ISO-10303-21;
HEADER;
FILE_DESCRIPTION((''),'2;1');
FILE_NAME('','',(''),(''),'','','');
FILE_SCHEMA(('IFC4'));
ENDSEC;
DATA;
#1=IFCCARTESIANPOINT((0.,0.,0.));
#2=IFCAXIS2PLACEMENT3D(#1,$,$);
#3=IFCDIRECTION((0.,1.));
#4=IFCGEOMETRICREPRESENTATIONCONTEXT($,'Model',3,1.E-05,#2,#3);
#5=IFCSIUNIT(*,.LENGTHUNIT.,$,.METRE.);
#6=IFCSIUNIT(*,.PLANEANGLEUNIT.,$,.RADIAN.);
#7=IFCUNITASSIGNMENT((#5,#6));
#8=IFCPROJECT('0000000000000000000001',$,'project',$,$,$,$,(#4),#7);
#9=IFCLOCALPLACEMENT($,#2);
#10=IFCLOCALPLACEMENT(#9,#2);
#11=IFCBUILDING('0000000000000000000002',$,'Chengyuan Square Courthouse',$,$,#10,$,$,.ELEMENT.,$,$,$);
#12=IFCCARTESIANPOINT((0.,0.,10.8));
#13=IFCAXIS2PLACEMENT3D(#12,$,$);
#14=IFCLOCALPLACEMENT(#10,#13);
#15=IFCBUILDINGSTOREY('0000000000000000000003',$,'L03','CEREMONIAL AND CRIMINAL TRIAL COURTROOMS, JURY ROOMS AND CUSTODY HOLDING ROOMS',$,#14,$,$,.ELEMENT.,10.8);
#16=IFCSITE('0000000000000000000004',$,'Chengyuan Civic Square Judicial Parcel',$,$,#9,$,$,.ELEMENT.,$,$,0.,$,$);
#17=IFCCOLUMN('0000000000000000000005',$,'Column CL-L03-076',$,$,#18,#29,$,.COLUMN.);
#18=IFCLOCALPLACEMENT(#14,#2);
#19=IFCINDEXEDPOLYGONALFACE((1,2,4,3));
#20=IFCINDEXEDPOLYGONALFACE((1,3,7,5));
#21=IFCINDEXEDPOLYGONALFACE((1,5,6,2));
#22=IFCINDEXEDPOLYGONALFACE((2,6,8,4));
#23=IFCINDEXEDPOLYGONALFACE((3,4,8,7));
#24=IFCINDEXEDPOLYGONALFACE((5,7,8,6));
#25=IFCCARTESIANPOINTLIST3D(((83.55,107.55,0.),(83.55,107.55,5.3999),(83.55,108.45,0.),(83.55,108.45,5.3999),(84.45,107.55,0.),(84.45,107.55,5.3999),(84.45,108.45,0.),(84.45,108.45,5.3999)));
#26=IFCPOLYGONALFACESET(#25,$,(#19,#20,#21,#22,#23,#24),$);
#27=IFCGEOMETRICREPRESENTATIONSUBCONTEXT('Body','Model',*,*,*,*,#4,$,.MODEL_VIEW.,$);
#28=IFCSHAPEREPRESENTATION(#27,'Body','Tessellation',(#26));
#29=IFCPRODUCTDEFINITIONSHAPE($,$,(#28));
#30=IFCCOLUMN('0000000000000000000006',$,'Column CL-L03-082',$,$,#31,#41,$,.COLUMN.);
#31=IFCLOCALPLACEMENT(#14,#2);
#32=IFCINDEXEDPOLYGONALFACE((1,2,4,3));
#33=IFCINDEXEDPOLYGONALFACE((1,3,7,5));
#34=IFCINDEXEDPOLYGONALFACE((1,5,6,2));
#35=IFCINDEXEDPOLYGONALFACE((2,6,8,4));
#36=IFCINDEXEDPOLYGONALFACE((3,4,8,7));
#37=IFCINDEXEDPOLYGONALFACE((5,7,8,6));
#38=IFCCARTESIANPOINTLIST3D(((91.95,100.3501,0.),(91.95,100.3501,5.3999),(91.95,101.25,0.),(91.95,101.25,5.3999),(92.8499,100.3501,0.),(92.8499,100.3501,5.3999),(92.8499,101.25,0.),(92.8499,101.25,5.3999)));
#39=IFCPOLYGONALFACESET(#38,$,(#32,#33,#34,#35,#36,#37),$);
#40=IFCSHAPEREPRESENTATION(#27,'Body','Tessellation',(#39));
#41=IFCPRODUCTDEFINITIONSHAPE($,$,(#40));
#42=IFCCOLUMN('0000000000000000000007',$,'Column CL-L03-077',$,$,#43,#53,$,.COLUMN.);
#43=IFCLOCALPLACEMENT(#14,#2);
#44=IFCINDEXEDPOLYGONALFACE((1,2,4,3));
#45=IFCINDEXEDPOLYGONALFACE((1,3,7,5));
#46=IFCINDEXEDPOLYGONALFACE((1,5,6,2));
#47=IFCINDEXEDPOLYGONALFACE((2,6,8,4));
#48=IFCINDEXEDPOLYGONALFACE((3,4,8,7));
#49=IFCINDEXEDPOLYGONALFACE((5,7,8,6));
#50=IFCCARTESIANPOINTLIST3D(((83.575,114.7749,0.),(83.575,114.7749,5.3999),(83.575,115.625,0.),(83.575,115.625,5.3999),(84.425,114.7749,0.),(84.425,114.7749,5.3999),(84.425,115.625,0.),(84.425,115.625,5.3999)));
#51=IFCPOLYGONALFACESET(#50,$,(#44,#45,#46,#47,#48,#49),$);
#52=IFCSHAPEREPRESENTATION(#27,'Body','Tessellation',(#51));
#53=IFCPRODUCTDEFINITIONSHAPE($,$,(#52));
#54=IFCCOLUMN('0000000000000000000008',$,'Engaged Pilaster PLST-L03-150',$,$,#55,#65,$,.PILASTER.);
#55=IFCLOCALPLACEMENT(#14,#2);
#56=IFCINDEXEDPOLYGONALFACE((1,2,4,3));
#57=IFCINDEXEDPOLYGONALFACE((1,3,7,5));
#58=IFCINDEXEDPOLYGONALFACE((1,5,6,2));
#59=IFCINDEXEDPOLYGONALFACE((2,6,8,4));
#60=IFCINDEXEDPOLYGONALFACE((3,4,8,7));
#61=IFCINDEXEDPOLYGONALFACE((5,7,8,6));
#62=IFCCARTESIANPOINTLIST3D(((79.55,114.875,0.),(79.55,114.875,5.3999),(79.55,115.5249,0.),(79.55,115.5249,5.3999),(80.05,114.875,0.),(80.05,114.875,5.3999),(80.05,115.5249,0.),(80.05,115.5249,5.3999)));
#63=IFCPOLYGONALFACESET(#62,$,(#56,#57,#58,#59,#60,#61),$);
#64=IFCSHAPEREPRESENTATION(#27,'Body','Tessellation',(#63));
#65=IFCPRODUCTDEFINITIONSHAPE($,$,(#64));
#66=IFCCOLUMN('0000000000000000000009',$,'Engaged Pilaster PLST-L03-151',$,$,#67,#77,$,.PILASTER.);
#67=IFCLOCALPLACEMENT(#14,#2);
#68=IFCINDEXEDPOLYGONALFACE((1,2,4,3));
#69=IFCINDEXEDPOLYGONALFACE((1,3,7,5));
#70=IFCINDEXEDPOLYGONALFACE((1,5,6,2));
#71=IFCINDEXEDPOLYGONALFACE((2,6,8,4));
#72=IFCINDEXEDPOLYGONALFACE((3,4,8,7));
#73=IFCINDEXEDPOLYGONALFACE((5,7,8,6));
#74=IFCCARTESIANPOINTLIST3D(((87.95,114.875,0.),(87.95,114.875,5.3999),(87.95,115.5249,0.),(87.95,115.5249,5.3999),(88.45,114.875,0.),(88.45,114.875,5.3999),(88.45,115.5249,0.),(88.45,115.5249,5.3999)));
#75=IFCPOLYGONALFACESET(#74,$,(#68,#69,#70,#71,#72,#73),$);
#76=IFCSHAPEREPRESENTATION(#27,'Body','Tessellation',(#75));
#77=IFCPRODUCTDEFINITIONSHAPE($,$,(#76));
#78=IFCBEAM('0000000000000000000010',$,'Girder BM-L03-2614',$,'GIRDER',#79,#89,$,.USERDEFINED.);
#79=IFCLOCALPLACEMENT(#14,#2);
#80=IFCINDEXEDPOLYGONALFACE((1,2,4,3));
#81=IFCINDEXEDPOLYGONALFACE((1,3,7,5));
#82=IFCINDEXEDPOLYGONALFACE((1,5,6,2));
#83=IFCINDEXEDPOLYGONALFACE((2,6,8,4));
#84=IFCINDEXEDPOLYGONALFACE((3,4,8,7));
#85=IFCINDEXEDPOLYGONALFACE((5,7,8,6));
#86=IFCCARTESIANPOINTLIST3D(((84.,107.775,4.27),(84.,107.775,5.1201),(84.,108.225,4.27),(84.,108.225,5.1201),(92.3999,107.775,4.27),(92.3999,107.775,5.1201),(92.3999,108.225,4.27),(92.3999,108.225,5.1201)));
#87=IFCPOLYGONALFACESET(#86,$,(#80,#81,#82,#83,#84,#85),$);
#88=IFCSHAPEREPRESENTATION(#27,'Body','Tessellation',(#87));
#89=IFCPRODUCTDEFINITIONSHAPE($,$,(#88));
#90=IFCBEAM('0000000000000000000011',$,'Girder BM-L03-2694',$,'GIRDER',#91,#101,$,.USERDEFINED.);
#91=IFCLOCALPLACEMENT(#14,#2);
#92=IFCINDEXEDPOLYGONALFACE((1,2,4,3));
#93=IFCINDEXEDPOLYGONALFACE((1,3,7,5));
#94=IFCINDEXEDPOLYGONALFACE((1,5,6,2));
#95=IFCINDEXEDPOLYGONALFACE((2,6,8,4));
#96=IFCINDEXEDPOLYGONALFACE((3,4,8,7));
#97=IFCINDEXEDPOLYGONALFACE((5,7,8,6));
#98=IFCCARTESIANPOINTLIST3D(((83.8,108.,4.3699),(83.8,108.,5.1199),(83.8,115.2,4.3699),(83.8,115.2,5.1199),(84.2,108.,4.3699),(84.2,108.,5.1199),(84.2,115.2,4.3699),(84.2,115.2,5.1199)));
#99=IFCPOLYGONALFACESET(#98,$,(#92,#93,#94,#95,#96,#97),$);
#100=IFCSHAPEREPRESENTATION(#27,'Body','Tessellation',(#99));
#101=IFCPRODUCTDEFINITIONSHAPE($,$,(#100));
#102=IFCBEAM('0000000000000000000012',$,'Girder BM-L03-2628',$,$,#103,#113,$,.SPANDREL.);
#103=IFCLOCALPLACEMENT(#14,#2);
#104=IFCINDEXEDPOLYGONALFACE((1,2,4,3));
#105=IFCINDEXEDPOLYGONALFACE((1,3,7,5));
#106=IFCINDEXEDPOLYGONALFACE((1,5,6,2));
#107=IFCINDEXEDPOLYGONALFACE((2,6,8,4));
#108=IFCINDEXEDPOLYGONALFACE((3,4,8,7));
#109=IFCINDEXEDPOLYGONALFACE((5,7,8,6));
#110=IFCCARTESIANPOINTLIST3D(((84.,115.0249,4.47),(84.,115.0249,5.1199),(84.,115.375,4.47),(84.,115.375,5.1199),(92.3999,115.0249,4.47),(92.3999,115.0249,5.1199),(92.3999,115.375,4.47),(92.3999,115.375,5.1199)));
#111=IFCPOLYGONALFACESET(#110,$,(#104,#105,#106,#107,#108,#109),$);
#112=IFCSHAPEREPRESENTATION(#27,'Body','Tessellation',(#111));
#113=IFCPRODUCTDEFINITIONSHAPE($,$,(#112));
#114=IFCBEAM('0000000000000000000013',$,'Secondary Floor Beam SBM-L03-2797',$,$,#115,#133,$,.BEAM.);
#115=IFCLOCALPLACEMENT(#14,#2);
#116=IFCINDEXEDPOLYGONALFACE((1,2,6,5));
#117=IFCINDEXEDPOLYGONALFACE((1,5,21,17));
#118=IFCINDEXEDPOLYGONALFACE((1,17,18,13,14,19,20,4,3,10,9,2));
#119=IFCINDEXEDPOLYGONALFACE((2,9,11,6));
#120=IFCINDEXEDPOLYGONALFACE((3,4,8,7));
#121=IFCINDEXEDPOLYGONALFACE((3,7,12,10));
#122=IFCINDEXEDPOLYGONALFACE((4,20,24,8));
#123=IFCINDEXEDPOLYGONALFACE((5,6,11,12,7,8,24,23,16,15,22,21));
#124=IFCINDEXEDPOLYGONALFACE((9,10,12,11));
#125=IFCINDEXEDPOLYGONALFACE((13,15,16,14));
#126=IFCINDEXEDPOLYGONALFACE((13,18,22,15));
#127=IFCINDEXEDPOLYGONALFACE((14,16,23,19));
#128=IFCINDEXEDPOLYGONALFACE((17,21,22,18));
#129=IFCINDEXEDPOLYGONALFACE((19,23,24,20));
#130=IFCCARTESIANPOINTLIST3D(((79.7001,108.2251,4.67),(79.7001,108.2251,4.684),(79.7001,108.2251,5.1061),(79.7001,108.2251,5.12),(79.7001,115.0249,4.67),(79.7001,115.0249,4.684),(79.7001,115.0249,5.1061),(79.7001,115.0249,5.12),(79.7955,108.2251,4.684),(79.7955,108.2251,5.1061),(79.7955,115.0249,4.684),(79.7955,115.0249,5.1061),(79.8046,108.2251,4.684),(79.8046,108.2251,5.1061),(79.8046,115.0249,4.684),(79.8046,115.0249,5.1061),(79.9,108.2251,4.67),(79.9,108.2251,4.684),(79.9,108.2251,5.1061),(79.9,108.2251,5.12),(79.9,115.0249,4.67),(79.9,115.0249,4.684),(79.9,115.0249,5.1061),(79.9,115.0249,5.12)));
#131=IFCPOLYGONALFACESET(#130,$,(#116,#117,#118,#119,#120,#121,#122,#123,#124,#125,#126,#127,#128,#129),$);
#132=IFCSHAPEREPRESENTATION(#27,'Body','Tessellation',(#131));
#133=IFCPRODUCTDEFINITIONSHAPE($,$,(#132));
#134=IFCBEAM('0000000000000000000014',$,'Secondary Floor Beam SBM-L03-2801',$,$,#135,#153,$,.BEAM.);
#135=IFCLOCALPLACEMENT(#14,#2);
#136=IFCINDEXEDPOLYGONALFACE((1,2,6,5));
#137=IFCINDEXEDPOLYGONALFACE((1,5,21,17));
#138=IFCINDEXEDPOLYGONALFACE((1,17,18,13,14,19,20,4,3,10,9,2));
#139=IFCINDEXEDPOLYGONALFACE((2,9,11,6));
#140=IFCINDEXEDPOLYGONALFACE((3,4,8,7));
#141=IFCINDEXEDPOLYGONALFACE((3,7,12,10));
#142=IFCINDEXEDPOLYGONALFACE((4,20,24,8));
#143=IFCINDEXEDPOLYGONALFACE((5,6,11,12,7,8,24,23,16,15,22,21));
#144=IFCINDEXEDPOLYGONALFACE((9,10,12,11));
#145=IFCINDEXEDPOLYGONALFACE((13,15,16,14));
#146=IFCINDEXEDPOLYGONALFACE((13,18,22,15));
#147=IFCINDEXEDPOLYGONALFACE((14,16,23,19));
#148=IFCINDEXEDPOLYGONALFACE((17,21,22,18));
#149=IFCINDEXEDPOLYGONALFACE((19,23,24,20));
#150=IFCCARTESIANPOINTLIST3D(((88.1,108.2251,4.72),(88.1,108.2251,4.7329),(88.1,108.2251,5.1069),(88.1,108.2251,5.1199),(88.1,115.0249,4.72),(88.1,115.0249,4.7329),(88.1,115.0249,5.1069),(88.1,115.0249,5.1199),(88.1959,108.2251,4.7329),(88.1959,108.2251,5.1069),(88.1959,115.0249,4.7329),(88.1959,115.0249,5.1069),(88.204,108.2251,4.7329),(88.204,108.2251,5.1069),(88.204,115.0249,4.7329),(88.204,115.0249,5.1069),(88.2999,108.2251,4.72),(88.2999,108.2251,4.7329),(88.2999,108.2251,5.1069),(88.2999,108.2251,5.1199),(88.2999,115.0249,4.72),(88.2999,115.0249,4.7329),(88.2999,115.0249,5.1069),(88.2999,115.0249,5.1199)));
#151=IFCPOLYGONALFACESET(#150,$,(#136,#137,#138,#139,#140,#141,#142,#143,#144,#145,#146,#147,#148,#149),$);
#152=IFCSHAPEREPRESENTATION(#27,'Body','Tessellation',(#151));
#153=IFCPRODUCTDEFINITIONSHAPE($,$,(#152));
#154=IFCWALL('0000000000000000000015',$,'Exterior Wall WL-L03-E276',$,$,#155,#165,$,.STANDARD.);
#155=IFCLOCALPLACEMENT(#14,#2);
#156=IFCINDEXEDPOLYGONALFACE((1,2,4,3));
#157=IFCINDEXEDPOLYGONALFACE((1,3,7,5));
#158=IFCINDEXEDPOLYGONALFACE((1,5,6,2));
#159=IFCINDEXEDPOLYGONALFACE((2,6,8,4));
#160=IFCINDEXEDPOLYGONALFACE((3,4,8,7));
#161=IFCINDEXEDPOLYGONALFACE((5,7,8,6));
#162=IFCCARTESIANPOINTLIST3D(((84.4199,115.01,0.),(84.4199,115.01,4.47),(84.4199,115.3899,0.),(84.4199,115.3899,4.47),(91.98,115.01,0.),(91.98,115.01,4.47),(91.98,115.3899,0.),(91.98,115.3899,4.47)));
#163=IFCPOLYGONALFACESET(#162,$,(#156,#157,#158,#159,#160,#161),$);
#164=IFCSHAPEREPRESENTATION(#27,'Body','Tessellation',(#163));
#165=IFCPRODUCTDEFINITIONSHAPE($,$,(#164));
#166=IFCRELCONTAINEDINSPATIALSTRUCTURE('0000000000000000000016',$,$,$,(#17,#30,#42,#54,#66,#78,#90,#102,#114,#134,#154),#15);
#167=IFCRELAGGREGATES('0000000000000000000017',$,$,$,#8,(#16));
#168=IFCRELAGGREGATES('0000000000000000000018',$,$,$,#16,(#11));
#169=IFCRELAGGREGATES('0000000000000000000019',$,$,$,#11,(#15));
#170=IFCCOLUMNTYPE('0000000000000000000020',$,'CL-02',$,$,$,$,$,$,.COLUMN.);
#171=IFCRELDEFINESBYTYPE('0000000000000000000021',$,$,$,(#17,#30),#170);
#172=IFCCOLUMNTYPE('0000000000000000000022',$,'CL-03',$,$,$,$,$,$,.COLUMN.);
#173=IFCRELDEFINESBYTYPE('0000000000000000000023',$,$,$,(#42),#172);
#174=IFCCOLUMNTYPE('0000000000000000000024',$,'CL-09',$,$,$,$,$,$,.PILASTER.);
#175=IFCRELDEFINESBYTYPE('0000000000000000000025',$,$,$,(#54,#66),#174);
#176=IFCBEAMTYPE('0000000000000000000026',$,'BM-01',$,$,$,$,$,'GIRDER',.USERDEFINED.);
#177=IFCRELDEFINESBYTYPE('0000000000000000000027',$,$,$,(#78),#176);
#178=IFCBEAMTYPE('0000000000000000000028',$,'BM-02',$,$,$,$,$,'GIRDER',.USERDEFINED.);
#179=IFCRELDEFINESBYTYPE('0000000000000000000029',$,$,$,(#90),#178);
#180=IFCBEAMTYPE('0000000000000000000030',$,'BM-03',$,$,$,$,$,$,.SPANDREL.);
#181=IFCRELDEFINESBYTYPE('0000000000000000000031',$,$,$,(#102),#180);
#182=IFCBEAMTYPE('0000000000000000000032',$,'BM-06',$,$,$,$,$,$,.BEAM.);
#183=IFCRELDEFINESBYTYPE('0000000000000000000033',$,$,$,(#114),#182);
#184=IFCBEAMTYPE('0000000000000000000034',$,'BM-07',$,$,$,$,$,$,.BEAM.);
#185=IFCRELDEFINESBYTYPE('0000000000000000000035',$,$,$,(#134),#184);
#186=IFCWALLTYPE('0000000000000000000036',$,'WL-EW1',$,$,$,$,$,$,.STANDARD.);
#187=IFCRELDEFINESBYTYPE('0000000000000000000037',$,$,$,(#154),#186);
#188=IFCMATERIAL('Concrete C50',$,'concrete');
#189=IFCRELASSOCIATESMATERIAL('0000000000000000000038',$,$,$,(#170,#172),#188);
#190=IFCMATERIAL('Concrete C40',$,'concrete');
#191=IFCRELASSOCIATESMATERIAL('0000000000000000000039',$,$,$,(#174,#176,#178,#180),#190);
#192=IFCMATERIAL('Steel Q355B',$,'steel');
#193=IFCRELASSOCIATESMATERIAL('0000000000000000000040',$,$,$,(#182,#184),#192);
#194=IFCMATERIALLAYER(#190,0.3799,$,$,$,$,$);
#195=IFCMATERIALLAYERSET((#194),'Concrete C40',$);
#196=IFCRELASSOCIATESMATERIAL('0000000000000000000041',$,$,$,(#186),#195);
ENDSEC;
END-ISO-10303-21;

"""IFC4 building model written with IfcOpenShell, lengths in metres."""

from ifc_helpers import new_model, si_unit, direction, frame, frame_2d, origin, origin_2d, place, context, subcontext, project, spatial, rectangle, i_section, extrude, material, layer, layer_set, material_profile, profile_set, type_object, element, save


model = new_model("IFC4")

# Units and contexts
model_context = context("Model", 3, precision=1e-05, world=origin(), true_north=direction((0.0, 1.0)))
body_context = subcontext(model_context, "Body", "Model", "MODEL_VIEW")
ifc_project = project(units=[si_unit("LENGTHUNIT", "METRE"), si_unit("PLANEANGLEUNIT", "RADIAN")], contexts=[model_context])

# Site, building, storey
site_placement = place(None, origin())
site = spatial("IfcSite", under=ifc_project, at=site_placement, Name="Chengyuan Civic Square Judicial Parcel", CompositionType="ELEMENT", RefElevation=0.0)
building_placement = place(site_placement, origin())
building = spatial("IfcBuilding", under=site, at=building_placement, Name="Chengyuan Square Courthouse", CompositionType="ELEMENT")
storey_placement = place(building_placement, frame((0.0, 0.0, 10.8)))
storey = spatial("IfcBuildingStorey", under=building, at=storey_placement, Name="L03", Description="CEREMONIAL AND CRIMINAL TRIAL COURTROOMS, JURY ROOMS AND CUSTODY HOLDING ROOMS", CompositionType="ELEMENT", Elevation=10.8)

# Columns
ifc_material_1 = material(Name="Concrete C50", Category="concrete")
ifc_material_profile_1 = material_profile(ifc_material_1, rectangle(XDim=0.8999, YDim=0.8999, at=origin_2d()), Name="RC-COL-900x900")
ifc_profile_set_1 = profile_set([ifc_material_profile_1], Name="Concrete C50")
column_type_1 = type_object("IfcColumnType", Name="CL-02", PredefinedType="COLUMN", material=ifc_profile_set_1)
for number, where, z_axis, x_axis, name in (
    (1, (84.0, 108.0, 0.0), (0.0, 0.0, 1.0), (1.0, 0.0, 0.0), "Column CL-L03-076"),
    (2, (92.3999, 100.8, 0.0), (0.0, 0.0, 1.0), (1.0, 0.0, 0.0), "Column CL-L03-082"),
):
    element("IfcColumn", number, at=place(storey_placement, frame(where, z_axis=z_axis, x_axis=x_axis)), inside=storey, type_object=column_type_1, Name=name, PredefinedType="COLUMN", context=body_context, shape_type="SweptSolid", body=[
        extrude(rectangle(XDim=0.8999, YDim=0.8999, at=origin_2d()), origin(), (0.0, 0.0, 1.0), 5.3999),
    ])
ifc_material_profile_2 = material_profile(ifc_material_1, rectangle(XDim=0.8501, YDim=0.8501, at=origin_2d()), Name="RC-COL-850x850")
ifc_profile_set_2 = profile_set([ifc_material_profile_2], Name="Concrete C50")
column_type_2 = type_object("IfcColumnType", Name="CL-03", PredefinedType="COLUMN", material=ifc_profile_set_2)
column_placement = place(storey_placement, frame((84.0, 115.2, 0.0), z_axis=(0.0, 0.0, 1.0), x_axis=(1.0, 0.0, 0.0)))
element("IfcColumn", 3, at=column_placement, inside=storey, type_object=column_type_2, Name="Column CL-L03-077", PredefinedType="COLUMN", context=body_context, shape_type="SweptSolid", body=[
    extrude(rectangle(XDim=0.8501, YDim=0.8501, at=origin_2d()), origin(), (0.0, 0.0, 1.0), 5.3999),
])
ifc_material_2 = material(Name="Concrete C40", Category="concrete")
ifc_material_profile_3 = material_profile(ifc_material_2, rectangle(XDim=0.5, YDim=0.6499, at=origin_2d()), Name="RC-PIL-500x650")
ifc_profile_set_3 = profile_set([ifc_material_profile_3], Name="Concrete C40")
column_type_3 = type_object("IfcColumnType", Name="CL-09", PredefinedType="PILASTER", material=ifc_profile_set_3)
for number, where, z_axis, x_axis, name in (
    (4, (79.8, 115.2, 0.0), (0.0, 0.0, 1.0), (1.0, 0.0, 0.0), "Engaged Pilaster PLST-L03-150"),
    (5, (88.2, 115.2, 0.0), (0.0, 0.0, 1.0), (1.0, 0.0, 0.0), "Engaged Pilaster PLST-L03-151"),
):
    element("IfcColumn", number, at=place(storey_placement, frame(where, z_axis=z_axis, x_axis=x_axis)), inside=storey, type_object=column_type_3, Name=name, PredefinedType="PILASTER", context=body_context, shape_type="SweptSolid", body=[
        extrude(rectangle(XDim=0.5, YDim=0.6499, at=origin_2d()), origin(), (0.0, 0.0, 1.0), 5.3999),
    ])

# Beams
ifc_material_profile_4 = material_profile(ifc_material_2, rectangle(XDim=0.45, YDim=0.8501, at=origin_2d()), Name="RC-BM-450x850")
ifc_profile_set_4 = profile_set([ifc_material_profile_4], Name="Concrete C40")
beam_type_1 = type_object("IfcBeamType", Name="BM-01", ElementType="GIRDER", PredefinedType="USERDEFINED", material=ifc_profile_set_4)
beam_1_placement = place(storey_placement, frame((84.0, 108.0, 4.6951), z_axis=(1.0, 0.0, 0.0), x_axis=(0.0, 1.0, 0.0)))
element("IfcBeam", 6, at=beam_1_placement, inside=storey, type_object=beam_type_1, Name="Girder BM-L03-2614", ObjectType="GIRDER", PredefinedType="USERDEFINED", context=body_context, shape_type="SweptSolid", body=[
    extrude(rectangle(XDim=0.45, YDim=0.8501, at=origin_2d()), origin(), (0.0, 0.0, 1.0), 8.3999),
])
ifc_material_profile_5 = material_profile(ifc_material_2, rectangle(XDim=0.3999, YDim=0.75, at=origin_2d()), Name="RC-BM-400x750")
ifc_profile_set_5 = profile_set([ifc_material_profile_5], Name="Concrete C40")
beam_type_2 = type_object("IfcBeamType", Name="BM-02", ElementType="GIRDER", PredefinedType="USERDEFINED", material=ifc_profile_set_5)
beam_2_placement = place(storey_placement, frame((84.0, 108.0, 4.7449), z_axis=(0.0, 1.0, 0.0), x_axis=(-1.0, 0.0, 0.0)))
element("IfcBeam", 7, at=beam_2_placement, inside=storey, type_object=beam_type_2, Name="Girder BM-L03-2694", ObjectType="GIRDER", PredefinedType="USERDEFINED", context=body_context, shape_type="SweptSolid", body=[
    extrude(rectangle(XDim=0.3999, YDim=0.75, at=origin_2d()), origin(), (0.0, 0.0, 1.0), 7.2),
])
ifc_material_profile_6 = material_profile(ifc_material_2, rectangle(XDim=0.3501, YDim=0.6499, at=origin_2d()), Name="RC-BM-350x650")
ifc_profile_set_6 = profile_set([ifc_material_profile_6], Name="Concrete C40")
beam_type_3 = type_object("IfcBeamType", Name="BM-03", PredefinedType="SPANDREL", material=ifc_profile_set_6)
beam_3_placement = place(storey_placement, frame((84.0, 115.2, 4.7949), z_axis=(1.0, 0.0, 0.0), x_axis=(0.0, 1.0, 0.0)))
element("IfcBeam", 8, at=beam_3_placement, inside=storey, type_object=beam_type_3, Name="Girder BM-L03-2628", PredefinedType="SPANDREL", context=body_context, shape_type="SweptSolid", body=[
    extrude(rectangle(XDim=0.3501, YDim=0.6499, at=origin_2d()), origin(), (0.0, 0.0, 1.0), 8.3999),
])
ifc_material_3 = material(Name="Steel Q355B", Category="steel")
ifc_material_profile_7 = material_profile(ifc_material_3, i_section(OverallWidth=0.2, OverallDepth=0.45, WebThickness=0.009, FlangeThickness=0.0139, at=origin_2d()), Name="HN 450x200x9x14")
ifc_profile_set_7 = profile_set([ifc_material_profile_7], Name="Steel Q355B")
beam_type_4 = type_object("IfcBeamType", Name="BM-06", PredefinedType="BEAM", material=ifc_profile_set_7)
beam_4_placement = place(storey_placement, frame((79.8, 108.2251, 4.895), z_axis=(0.0, 1.0, 0.0), x_axis=(-1.0, 0.0, 0.0)))
element("IfcBeam", 9, at=beam_4_placement, inside=storey, type_object=beam_type_4, Name="Secondary Floor Beam SBM-L03-2797", PredefinedType="BEAM", context=body_context, shape_type="SweptSolid", body=[
    extrude(i_section(OverallWidth=0.2, OverallDepth=0.45, WebThickness=0.009, FlangeThickness=0.0139, at=origin_2d()), origin(), (0.0, 0.0, 1.0), 6.7998),
])
ifc_material_profile_8 = material_profile(ifc_material_3, i_section(OverallWidth=0.2, OverallDepth=0.3999, WebThickness=0.0081, FlangeThickness=0.0129, at=origin_2d()), Name="HN 400x200x8x13")
ifc_profile_set_8 = profile_set([ifc_material_profile_8], Name="Steel Q355B")
beam_type_5 = type_object("IfcBeamType", Name="BM-07", PredefinedType="BEAM", material=ifc_profile_set_8)
beam_5_placement = place(storey_placement, frame((88.2, 108.2251, 4.9199), z_axis=(0.0, 1.0, 0.0), x_axis=(-1.0, 0.0, 0.0)))
element("IfcBeam", 10, at=beam_5_placement, inside=storey, type_object=beam_type_5, Name="Secondary Floor Beam SBM-L03-2801", PredefinedType="BEAM", context=body_context, shape_type="SweptSolid", body=[
    extrude(i_section(OverallWidth=0.2, OverallDepth=0.3999, WebThickness=0.0081, FlangeThickness=0.0129, at=origin_2d()), origin(), (0.0, 0.0, 1.0), 6.7998),
])

# Wall
ifc_layer_1 = layer(ifc_material_2, 0.3799)
ifc_layer_set_1 = layer_set([ifc_layer_1], Name="Concrete C40")
wall_type_1 = type_object("IfcWallType", Name="WL-EW1", PredefinedType="STANDARD", material=ifc_layer_set_1)
wall_1_placement = place(storey_placement, frame((84.4199, 115.2, 0.0), z_axis=(0.0, 0.0, 1.0), x_axis=(1.0, 0.0, 0.0)))
element("IfcWall", 11, at=wall_1_placement, inside=storey, type_object=wall_type_1, Name="Exterior Wall WL-L03-E276", PredefinedType="STANDARD", context=body_context, shape_type="SweptSolid", body=[
    extrude(rectangle(XDim=7.5601, YDim=0.3799, at=frame_2d((3.78, 0.0))), origin(), (0.0, 0.0, 1.0), 4.47),
])

save(model, "model.ifc")
